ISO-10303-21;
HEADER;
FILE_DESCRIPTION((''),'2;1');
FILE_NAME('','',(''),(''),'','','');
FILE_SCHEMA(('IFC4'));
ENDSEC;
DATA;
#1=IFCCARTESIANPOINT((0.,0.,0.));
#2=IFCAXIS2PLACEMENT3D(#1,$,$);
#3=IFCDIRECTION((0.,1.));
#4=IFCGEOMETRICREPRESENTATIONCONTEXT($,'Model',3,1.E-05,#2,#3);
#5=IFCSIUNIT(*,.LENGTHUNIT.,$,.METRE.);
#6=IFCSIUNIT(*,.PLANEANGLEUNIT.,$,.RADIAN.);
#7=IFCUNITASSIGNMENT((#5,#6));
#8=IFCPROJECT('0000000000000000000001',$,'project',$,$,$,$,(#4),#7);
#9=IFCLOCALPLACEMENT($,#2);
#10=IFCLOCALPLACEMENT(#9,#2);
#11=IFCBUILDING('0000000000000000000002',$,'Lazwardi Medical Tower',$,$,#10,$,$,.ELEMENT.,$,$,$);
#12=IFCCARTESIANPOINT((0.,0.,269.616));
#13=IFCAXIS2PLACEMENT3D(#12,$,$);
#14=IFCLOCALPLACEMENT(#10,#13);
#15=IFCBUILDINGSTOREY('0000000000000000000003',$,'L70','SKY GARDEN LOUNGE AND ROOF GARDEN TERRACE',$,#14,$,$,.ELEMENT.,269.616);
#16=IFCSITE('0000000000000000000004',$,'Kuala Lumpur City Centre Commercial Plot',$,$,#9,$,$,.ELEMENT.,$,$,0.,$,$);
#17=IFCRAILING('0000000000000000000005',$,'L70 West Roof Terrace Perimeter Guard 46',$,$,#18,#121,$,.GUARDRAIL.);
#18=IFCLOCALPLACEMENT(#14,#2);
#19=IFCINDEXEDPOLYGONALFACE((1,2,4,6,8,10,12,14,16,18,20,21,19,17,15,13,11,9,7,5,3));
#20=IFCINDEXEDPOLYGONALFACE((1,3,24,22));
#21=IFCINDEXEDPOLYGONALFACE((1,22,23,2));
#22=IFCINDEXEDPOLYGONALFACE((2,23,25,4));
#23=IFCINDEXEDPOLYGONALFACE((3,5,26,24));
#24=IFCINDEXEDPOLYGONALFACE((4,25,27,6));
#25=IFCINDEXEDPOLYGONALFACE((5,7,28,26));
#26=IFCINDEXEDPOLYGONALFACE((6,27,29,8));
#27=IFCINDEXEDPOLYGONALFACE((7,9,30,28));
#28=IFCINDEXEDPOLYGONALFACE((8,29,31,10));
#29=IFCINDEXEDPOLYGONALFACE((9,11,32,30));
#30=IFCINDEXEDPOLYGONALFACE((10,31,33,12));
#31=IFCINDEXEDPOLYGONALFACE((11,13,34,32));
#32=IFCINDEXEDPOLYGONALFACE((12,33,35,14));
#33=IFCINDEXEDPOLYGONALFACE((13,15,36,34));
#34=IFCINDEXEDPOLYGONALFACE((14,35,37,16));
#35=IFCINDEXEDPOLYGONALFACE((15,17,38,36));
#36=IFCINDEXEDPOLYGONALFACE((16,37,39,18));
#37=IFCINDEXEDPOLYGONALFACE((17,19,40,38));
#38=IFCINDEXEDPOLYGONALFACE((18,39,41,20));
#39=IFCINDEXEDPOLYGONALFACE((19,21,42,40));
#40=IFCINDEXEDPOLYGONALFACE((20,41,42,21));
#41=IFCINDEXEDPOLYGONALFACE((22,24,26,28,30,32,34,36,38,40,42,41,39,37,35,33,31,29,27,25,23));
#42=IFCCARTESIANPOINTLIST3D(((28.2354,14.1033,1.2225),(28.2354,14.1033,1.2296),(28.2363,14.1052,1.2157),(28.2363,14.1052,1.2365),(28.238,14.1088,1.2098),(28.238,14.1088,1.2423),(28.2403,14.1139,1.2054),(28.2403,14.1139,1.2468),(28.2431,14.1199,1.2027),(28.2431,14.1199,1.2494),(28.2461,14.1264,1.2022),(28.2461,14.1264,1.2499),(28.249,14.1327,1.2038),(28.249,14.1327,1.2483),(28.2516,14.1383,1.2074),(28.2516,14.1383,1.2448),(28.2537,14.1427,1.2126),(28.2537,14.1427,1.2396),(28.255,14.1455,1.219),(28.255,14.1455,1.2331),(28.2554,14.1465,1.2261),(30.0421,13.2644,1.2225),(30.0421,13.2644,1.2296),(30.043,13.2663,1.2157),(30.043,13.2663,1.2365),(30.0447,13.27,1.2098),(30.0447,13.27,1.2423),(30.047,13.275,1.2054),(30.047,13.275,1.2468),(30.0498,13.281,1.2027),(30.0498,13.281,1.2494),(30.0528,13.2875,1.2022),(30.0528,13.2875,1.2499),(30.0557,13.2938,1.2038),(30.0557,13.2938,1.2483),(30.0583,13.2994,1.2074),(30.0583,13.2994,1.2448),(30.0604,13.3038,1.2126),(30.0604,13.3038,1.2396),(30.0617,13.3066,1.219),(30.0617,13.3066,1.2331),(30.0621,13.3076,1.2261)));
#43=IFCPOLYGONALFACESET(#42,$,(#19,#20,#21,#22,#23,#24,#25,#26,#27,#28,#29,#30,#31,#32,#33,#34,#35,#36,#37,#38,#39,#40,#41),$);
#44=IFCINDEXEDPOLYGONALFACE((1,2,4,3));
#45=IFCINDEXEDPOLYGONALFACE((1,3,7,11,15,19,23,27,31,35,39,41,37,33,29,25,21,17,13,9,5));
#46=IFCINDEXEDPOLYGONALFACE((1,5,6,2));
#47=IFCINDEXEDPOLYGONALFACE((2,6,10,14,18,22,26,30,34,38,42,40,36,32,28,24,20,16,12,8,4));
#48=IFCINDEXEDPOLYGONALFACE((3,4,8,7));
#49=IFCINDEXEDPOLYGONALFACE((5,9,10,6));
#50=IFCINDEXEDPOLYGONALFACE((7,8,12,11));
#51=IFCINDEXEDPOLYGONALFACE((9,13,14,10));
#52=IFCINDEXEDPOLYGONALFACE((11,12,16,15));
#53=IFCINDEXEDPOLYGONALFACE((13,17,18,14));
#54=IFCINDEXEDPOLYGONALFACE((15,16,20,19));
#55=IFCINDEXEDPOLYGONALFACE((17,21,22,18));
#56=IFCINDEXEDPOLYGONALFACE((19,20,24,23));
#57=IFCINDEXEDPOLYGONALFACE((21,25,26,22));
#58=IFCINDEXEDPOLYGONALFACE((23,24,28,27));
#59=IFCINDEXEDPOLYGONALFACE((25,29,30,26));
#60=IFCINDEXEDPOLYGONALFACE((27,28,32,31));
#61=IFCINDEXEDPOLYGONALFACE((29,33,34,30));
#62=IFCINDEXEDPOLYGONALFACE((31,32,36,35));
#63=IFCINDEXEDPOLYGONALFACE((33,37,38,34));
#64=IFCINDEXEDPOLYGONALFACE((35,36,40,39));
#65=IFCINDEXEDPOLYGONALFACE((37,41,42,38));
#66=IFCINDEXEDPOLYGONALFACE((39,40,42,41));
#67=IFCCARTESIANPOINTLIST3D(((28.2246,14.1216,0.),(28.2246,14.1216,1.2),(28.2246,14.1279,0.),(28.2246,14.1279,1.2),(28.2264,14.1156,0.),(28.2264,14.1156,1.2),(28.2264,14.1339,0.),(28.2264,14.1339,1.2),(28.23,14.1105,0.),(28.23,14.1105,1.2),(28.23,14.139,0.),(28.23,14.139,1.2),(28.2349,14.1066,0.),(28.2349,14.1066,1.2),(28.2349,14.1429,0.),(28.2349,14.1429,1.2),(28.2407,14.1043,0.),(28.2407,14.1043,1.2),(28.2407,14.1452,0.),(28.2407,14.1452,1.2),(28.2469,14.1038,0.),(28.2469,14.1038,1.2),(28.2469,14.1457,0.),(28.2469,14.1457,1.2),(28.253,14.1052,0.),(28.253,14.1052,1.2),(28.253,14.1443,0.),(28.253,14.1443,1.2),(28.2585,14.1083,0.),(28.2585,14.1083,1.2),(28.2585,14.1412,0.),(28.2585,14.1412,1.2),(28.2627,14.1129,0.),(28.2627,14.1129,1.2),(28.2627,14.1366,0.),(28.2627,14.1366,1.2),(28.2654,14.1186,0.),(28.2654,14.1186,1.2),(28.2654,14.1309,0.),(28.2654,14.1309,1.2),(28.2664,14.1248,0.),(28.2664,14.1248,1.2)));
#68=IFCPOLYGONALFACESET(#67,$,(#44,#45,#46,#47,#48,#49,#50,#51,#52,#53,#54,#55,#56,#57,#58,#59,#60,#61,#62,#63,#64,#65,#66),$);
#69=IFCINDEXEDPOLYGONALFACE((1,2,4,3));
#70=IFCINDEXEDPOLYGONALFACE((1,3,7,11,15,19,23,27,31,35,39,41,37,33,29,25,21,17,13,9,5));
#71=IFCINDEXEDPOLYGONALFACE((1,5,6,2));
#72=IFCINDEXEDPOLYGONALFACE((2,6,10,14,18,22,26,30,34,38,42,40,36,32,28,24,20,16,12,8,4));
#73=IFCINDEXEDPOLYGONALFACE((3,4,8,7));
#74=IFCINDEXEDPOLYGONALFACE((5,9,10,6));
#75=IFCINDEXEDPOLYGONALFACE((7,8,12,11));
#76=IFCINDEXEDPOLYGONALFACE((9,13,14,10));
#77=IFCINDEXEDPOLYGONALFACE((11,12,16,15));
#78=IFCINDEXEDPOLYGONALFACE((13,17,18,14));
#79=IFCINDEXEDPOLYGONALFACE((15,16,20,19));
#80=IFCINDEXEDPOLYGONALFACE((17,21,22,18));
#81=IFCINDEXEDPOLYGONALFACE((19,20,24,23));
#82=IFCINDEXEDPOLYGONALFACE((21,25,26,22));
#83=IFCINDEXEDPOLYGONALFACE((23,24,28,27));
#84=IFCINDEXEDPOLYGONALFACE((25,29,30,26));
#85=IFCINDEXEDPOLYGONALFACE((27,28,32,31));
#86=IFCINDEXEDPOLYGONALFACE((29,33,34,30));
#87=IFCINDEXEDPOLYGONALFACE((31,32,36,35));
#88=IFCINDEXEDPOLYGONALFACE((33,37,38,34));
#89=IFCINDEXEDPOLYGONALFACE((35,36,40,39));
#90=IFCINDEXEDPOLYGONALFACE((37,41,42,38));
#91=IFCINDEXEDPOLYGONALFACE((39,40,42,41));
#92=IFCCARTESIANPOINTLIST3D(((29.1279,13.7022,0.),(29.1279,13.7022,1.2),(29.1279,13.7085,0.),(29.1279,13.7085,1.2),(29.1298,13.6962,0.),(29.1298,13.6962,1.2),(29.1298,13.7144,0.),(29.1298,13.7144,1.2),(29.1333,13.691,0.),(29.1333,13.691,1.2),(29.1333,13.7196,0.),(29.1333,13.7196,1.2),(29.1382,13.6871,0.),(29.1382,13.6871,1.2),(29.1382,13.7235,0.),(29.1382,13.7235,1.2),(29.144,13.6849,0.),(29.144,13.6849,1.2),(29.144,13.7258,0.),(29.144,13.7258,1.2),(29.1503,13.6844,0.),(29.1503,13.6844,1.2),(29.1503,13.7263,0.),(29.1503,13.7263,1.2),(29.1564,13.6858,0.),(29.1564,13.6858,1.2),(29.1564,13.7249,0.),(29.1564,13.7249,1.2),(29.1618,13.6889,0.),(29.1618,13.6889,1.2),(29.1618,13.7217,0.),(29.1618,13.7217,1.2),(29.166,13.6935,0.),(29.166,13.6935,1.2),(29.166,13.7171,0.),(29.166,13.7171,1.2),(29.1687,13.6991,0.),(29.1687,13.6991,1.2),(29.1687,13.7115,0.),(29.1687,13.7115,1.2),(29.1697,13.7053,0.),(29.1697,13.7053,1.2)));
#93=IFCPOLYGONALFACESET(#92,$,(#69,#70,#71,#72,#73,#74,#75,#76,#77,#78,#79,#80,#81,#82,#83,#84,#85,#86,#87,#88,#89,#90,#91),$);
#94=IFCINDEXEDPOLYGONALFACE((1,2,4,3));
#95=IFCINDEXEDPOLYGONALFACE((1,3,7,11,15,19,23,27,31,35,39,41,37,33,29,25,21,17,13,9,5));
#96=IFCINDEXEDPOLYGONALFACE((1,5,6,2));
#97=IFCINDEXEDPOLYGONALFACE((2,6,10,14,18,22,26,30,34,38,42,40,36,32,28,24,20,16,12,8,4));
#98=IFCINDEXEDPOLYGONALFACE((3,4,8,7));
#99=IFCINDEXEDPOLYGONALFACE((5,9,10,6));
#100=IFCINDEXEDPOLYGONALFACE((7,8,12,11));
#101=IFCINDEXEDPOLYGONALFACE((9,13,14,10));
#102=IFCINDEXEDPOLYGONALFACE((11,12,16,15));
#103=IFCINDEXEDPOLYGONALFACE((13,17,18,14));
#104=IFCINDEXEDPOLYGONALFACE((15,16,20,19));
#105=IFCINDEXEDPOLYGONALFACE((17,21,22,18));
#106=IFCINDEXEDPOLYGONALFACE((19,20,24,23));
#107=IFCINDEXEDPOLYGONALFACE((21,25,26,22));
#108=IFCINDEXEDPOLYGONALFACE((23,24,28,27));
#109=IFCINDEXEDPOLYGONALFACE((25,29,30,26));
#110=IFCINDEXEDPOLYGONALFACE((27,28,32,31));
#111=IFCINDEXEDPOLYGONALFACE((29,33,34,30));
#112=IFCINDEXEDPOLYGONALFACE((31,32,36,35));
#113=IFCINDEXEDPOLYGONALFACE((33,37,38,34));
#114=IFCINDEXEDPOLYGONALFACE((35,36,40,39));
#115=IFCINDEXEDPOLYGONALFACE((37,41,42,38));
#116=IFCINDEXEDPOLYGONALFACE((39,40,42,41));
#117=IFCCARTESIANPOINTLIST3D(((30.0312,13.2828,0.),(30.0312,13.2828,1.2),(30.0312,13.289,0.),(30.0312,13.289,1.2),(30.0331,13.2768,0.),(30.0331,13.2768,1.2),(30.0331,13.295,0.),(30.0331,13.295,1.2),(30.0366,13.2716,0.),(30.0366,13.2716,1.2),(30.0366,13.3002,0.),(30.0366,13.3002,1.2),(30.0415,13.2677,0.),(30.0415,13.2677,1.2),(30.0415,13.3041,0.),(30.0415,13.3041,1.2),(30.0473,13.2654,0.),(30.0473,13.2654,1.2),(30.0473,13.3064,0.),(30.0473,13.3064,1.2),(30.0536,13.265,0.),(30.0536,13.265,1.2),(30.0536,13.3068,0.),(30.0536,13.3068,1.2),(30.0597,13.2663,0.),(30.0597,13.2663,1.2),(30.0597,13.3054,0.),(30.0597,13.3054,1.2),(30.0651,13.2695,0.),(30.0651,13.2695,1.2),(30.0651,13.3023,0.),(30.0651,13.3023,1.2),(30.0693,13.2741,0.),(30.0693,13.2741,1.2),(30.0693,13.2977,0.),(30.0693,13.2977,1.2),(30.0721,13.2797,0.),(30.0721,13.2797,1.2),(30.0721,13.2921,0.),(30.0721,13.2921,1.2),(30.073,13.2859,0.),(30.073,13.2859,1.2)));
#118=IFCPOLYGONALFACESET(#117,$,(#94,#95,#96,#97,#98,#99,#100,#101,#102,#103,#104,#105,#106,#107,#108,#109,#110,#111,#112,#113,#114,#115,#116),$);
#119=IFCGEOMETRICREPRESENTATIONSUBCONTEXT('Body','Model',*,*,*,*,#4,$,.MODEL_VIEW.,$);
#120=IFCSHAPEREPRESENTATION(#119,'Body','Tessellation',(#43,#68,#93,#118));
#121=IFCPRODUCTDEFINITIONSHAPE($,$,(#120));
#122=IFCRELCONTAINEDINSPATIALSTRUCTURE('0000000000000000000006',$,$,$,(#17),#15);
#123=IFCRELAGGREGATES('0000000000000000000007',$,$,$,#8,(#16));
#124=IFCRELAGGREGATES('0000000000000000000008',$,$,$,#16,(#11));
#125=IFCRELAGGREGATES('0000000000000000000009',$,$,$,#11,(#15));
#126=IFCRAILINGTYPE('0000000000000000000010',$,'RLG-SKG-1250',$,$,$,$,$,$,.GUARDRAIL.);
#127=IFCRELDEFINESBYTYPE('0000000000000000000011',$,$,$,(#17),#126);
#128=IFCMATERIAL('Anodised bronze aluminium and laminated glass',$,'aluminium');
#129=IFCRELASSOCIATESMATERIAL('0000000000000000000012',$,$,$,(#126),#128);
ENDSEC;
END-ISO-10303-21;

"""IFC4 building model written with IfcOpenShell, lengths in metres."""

from ifc_helpers import new_model, si_unit, direction, frame, origin, origin_2d, place, context, subcontext, project, spatial, circle, extrude, material, type_object, element, save


model = new_model("IFC4")

# Units and contexts
model_context = context("Model", 3, precision=1e-05, world=origin(), true_north=direction((0.0, 1.0)))
body_context = subcontext(model_context, "Body", "Model", "MODEL_VIEW")
ifc_project = project(units=[si_unit("LENGTHUNIT", "METRE"), si_unit("PLANEANGLEUNIT", "RADIAN")], contexts=[model_context])

# Site, building, storey
site_placement = place(None, origin())
site = spatial("IfcSite", under=ifc_project, at=site_placement, Name="Kuala Lumpur City Centre Commercial Plot", CompositionType="ELEMENT", RefElevation=0.0)
building_placement = place(site_placement, origin())
building = spatial("IfcBuilding", under=site, at=building_placement, Name="Lazwardi Medical Tower", CompositionType="ELEMENT")
storey_placement = place(building_placement, frame((0.0, 0.0, 269.616)))
storey = spatial("IfcBuildingStorey", under=building, at=storey_placement, Name="L70", Description="SKY GARDEN LOUNGE AND ROOF GARDEN TERRACE", CompositionType="ELEMENT", Elevation=269.616)

# Railing
ifc_material_1 = material(Name="Anodised bronze aluminium and laminated glass", Category="aluminium")
railing_type = type_object("IfcRailingType", Name="RLG-SKG-1250", PredefinedType="GUARDRAIL", material=ifc_material_1)
railing_1_placement = place(storey_placement, frame((28.2454, 14.1248, 0.0)))
element("IfcRailing", 1, at=railing_1_placement, inside=storey, type_object=railing_type, Name="L70 West Roof Terrace Perimeter Guard 46", PredefinedType="GUARDRAIL", context=body_context, shape_type="SweptSolid", body=[
    extrude(circle(Radius=0.0239, at=origin_2d()), frame((0.0, 0.0, 1.2261), z_axis=(0.906996, -0.42114, 0.0), x_axis=(0.42114, 0.906996, 0.0)), (0.0, 0.0, 1.0), 1.9919),
    extrude(circle(Radius=0.021, at=origin_2d()), origin(), (0.0, 0.0, 1.0), 1.2),
    extrude(circle(Radius=0.021, at=origin_2d()), frame((0.9033, -0.4194, 0.0)), (0.0, 0.0, 1.0), 1.2),
    extrude(circle(Radius=0.021, at=origin_2d()), frame((1.8066, -0.8389, 0.0)), (0.0, 0.0, 1.0), 1.2),
])

save(model, "model.ifc")
